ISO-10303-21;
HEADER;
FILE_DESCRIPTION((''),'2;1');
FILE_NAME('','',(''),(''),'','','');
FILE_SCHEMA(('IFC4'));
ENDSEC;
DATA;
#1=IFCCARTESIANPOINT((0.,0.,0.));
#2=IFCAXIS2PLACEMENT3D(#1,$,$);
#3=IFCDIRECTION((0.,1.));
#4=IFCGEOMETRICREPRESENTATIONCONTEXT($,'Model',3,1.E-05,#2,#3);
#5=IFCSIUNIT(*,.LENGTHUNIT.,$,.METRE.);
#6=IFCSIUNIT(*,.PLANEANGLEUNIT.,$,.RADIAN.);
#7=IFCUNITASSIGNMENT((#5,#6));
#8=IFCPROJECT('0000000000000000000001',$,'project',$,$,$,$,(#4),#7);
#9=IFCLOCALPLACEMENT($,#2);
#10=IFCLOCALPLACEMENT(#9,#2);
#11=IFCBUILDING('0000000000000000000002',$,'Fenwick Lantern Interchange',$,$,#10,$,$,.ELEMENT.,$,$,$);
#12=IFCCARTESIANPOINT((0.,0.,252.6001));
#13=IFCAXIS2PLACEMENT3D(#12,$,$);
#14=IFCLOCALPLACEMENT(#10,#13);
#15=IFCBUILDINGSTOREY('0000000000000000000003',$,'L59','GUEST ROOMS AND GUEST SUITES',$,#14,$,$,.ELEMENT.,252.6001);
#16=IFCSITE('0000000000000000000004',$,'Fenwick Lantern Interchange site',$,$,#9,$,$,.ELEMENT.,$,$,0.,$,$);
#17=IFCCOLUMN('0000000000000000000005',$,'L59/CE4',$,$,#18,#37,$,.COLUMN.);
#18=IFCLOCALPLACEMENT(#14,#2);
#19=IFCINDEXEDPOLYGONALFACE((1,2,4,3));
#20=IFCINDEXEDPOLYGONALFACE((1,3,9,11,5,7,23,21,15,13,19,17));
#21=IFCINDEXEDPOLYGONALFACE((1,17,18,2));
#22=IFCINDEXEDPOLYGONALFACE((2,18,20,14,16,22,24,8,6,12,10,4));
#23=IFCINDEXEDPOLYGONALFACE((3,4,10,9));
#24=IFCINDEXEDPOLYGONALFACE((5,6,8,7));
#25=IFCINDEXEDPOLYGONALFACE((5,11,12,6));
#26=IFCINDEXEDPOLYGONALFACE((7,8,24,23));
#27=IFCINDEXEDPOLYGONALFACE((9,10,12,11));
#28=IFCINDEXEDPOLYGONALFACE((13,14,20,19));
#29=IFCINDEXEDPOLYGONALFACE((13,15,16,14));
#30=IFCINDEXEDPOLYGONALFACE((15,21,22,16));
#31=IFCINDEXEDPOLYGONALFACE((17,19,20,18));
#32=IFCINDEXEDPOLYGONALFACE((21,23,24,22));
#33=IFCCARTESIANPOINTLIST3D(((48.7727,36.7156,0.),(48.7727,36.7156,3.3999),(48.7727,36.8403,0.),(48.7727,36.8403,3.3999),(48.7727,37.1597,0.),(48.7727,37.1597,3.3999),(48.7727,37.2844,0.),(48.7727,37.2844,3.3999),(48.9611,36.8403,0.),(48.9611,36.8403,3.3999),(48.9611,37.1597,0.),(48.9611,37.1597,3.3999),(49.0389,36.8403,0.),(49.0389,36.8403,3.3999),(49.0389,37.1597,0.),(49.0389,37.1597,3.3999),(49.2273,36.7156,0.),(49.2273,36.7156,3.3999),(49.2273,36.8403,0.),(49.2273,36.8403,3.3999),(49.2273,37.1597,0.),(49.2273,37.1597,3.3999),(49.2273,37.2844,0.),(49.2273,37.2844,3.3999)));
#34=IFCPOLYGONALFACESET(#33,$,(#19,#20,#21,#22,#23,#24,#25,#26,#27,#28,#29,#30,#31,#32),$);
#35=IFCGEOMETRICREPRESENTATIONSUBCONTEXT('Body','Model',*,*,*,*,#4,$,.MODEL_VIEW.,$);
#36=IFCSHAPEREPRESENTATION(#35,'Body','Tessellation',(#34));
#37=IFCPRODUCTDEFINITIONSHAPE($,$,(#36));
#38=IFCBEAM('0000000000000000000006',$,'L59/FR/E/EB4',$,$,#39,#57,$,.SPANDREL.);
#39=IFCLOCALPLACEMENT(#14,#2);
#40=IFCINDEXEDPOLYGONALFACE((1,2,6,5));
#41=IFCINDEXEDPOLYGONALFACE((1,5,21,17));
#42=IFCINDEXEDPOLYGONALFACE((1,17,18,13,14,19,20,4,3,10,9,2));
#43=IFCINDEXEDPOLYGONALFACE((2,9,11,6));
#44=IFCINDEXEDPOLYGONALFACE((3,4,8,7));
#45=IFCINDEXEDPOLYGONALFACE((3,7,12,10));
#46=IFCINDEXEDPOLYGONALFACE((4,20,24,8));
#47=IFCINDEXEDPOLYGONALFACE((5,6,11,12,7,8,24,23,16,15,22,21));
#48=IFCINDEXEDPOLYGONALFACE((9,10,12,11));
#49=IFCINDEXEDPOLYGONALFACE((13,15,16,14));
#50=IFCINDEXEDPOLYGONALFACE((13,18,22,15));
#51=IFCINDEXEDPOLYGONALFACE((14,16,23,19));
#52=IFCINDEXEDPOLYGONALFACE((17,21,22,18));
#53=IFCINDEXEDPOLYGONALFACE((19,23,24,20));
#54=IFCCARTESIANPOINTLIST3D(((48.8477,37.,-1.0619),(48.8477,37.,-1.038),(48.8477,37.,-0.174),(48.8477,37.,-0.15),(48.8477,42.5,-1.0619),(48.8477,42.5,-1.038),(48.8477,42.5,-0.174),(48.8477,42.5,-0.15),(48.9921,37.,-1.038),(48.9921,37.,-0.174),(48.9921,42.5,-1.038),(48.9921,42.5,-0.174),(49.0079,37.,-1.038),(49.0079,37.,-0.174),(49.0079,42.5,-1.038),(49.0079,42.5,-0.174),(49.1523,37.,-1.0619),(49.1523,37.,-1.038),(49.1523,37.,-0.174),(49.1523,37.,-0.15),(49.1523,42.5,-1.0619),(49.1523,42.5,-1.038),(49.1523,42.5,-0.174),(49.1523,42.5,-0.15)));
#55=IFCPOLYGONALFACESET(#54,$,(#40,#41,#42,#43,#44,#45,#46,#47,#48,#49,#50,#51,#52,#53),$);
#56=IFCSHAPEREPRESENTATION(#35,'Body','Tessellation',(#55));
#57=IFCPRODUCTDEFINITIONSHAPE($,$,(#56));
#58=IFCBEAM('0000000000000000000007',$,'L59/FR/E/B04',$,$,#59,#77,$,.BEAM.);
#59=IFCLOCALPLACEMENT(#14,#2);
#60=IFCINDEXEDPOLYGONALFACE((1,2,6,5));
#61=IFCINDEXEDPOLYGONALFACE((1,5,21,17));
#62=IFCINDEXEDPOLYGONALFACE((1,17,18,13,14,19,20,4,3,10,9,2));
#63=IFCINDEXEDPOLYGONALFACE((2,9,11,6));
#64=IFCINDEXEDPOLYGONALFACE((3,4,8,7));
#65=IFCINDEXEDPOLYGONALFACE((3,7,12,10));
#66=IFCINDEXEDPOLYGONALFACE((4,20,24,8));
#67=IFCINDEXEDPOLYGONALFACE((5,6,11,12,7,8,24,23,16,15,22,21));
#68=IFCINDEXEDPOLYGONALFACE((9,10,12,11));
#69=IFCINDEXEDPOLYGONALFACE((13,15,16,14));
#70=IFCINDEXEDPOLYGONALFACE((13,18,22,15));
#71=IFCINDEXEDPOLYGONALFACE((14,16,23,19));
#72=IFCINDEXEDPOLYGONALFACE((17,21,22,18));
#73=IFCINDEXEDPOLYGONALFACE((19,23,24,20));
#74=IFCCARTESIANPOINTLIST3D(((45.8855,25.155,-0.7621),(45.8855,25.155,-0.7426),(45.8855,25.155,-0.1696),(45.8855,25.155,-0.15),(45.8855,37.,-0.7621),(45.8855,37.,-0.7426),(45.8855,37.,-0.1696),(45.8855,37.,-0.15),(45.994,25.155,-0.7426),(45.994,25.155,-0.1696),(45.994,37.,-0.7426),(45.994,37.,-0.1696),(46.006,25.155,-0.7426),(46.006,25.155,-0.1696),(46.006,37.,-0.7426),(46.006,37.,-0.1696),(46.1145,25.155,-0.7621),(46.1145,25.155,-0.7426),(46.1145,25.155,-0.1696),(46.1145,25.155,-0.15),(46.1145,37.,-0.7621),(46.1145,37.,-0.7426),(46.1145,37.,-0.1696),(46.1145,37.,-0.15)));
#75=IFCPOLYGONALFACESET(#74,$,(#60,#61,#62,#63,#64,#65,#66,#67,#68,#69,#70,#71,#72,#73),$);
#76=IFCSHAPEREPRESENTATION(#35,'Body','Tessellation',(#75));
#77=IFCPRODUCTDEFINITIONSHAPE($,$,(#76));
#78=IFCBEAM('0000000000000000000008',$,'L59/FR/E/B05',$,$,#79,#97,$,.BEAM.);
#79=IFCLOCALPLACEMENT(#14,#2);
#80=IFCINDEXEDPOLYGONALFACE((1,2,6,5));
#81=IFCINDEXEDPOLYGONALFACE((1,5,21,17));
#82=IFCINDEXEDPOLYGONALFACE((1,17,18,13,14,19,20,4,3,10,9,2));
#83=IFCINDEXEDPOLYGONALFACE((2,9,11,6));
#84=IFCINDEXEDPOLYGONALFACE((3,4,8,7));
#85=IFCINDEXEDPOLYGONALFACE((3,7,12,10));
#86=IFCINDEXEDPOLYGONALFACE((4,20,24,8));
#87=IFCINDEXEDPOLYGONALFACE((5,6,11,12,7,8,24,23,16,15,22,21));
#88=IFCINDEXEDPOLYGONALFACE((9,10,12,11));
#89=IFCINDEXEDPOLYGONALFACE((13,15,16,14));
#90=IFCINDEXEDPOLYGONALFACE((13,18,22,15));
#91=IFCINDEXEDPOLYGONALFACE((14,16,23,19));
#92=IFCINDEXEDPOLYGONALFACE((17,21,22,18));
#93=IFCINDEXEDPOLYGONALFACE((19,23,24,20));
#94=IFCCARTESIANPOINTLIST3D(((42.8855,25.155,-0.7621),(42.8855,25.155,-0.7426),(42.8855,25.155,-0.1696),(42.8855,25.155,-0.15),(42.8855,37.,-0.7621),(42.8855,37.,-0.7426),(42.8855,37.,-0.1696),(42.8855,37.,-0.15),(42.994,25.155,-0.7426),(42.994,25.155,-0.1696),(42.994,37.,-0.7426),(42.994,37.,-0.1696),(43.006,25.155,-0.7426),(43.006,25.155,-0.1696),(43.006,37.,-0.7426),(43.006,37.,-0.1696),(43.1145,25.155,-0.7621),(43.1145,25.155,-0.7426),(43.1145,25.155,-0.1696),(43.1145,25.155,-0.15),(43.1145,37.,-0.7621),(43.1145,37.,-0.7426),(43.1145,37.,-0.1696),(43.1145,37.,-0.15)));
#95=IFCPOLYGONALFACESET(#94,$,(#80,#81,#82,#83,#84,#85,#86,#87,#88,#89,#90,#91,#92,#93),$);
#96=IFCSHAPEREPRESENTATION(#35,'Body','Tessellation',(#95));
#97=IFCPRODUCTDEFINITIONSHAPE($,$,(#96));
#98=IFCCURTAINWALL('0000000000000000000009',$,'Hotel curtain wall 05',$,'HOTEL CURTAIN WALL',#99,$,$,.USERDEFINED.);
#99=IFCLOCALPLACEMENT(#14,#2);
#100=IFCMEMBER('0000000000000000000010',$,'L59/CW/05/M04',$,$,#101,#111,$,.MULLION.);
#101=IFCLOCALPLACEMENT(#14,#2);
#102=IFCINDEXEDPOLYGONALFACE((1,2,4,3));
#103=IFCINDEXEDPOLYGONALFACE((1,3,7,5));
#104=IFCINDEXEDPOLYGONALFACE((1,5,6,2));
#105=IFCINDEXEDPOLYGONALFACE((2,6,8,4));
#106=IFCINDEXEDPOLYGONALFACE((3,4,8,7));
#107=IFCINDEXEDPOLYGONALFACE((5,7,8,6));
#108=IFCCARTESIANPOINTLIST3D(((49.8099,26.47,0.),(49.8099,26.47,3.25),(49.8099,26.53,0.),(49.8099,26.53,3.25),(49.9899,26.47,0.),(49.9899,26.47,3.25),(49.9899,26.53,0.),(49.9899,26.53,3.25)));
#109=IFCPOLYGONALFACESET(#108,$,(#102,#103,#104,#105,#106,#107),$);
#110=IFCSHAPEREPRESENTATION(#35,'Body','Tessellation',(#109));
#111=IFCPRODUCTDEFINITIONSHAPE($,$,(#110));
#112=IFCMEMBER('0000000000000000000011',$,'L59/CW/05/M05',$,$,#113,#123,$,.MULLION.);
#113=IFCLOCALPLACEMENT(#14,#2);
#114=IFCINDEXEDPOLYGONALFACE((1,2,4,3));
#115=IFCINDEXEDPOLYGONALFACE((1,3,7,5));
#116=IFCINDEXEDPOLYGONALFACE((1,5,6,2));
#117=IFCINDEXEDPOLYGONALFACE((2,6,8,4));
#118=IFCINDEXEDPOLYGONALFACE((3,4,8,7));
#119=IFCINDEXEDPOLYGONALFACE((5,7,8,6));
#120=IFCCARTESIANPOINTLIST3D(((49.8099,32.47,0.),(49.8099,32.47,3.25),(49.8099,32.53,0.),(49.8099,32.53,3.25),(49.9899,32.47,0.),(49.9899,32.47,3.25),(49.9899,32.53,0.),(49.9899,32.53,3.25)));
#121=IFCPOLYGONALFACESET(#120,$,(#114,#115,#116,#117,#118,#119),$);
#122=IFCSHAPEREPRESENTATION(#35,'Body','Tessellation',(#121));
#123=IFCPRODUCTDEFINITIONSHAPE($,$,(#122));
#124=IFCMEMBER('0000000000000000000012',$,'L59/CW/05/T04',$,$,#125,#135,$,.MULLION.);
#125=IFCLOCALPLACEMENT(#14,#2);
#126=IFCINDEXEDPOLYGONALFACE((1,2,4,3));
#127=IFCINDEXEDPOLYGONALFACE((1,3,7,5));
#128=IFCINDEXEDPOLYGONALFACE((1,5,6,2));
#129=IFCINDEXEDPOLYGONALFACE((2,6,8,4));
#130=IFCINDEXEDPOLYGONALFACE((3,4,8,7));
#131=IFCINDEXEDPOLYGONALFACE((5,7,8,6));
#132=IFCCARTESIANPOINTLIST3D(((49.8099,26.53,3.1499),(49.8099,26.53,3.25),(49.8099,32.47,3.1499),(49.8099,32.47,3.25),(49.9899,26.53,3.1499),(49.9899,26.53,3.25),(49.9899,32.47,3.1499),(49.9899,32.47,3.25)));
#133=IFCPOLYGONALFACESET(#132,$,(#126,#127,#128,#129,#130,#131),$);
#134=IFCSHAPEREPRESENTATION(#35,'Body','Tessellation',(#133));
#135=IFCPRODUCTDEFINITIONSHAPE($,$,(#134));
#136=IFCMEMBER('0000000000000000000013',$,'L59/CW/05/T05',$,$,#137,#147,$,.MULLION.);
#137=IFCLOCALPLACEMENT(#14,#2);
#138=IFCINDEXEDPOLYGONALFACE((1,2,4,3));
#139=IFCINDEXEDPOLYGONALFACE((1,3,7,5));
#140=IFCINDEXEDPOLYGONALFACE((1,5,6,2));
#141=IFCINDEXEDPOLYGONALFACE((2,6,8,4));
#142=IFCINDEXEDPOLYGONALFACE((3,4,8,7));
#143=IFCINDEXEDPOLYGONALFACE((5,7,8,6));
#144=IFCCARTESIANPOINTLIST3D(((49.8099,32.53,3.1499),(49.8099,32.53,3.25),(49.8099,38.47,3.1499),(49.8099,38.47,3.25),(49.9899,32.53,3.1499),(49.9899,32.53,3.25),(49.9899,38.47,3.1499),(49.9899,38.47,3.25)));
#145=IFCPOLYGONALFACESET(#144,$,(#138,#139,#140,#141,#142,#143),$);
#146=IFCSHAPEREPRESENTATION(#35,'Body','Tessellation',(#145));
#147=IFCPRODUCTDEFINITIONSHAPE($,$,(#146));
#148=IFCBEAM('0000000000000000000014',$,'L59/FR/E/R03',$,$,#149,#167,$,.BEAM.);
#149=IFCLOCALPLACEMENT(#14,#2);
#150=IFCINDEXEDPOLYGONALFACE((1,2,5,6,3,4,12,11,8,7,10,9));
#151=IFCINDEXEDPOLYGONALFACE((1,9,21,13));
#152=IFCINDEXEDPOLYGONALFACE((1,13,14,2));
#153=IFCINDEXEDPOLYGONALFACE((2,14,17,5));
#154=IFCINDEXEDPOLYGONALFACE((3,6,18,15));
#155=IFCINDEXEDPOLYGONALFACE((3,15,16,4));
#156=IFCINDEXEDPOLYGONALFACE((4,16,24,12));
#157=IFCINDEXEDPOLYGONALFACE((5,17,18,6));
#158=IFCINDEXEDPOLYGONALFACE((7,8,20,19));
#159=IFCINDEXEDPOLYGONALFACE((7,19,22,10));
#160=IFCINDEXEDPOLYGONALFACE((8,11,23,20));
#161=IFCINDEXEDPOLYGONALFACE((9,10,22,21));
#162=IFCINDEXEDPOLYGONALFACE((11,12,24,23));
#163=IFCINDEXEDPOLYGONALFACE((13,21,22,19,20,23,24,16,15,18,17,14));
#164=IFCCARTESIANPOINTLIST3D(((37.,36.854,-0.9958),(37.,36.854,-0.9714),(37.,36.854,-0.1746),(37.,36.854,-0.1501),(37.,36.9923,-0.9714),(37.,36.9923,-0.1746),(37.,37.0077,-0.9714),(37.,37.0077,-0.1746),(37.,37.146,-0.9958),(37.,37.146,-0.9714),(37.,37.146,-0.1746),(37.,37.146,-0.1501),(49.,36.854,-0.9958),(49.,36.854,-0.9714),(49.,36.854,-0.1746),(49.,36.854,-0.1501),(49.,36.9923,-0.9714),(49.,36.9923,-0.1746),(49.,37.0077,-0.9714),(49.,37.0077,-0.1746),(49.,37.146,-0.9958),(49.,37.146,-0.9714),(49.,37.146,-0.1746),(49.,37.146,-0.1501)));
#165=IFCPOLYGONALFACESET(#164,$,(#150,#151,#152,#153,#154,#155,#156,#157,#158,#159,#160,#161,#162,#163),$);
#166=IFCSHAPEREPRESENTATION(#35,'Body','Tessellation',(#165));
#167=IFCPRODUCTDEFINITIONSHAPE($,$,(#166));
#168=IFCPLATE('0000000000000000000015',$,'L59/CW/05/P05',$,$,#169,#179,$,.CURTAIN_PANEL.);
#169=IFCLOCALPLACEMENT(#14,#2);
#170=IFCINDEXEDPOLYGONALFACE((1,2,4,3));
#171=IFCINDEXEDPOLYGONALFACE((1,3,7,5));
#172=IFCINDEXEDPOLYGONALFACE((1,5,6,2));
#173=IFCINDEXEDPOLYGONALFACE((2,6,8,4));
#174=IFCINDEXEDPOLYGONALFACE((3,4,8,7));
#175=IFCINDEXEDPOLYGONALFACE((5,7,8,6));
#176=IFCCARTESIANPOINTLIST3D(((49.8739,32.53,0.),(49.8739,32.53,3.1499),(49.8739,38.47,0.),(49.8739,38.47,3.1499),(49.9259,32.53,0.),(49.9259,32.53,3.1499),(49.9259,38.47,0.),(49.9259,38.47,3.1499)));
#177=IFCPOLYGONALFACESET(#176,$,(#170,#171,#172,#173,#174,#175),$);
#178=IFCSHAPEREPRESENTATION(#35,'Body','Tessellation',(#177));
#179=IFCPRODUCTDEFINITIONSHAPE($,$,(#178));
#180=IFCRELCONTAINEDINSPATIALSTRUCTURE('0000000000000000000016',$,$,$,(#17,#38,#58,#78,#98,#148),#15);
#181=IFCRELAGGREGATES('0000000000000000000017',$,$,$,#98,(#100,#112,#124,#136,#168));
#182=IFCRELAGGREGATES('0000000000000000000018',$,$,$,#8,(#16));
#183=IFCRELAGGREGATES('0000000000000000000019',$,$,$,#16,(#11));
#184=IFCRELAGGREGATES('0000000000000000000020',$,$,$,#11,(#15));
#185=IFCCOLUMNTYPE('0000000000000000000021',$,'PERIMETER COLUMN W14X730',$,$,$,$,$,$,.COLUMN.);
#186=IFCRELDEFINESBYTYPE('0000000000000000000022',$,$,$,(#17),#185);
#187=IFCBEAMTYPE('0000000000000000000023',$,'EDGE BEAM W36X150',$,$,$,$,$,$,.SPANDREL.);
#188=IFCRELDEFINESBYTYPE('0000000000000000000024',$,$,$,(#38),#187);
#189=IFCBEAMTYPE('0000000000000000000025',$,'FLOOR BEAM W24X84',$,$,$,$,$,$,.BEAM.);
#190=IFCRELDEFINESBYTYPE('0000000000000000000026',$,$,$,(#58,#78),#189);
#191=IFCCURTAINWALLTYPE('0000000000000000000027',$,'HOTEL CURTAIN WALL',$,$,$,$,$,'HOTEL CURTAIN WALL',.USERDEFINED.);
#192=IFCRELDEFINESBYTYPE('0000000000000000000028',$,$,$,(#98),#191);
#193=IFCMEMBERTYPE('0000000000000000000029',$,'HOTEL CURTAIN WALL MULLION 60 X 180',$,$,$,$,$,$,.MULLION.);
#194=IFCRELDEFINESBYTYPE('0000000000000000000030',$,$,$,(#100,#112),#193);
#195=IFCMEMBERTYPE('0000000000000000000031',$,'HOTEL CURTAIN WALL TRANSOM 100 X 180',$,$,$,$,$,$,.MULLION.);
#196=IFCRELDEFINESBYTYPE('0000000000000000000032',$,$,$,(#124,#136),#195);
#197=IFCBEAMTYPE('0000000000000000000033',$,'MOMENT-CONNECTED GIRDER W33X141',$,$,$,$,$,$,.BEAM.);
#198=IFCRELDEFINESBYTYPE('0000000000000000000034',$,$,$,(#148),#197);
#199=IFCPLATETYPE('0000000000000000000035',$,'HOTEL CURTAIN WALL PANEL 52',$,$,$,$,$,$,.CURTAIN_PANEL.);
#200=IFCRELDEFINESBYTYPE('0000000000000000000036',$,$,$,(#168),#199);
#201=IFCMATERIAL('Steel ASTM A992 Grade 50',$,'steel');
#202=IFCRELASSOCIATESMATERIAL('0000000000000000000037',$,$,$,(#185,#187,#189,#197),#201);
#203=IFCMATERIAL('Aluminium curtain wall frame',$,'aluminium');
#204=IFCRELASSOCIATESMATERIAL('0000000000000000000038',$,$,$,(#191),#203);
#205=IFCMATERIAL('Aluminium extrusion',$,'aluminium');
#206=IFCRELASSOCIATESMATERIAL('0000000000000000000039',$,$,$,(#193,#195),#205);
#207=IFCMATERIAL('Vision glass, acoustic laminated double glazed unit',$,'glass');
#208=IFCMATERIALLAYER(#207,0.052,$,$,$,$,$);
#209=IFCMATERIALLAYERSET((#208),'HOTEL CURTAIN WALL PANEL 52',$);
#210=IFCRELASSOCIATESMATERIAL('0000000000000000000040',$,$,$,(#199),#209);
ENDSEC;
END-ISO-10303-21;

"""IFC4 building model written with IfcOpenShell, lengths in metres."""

from ifc_helpers import new_model, si_unit, direction, frame, origin, origin_2d, place, context, subcontext, project, spatial, rectangle, i_section, extrude, material, layer, layer_set, material_profile, profile_set, type_object, element, aggregate, save


model = new_model("IFC4")

# Units and contexts
model_context = context("Model", 3, precision=1e-05, world=origin(), true_north=direction((0.0, 1.0)))
body_context = subcontext(model_context, "Body", "Model", "MODEL_VIEW")
ifc_project = project(units=[si_unit("LENGTHUNIT", "METRE"), si_unit("PLANEANGLEUNIT", "RADIAN")], contexts=[model_context])

# Site, building, storey
site_placement = place(None, origin())
site = spatial("IfcSite", under=ifc_project, at=site_placement, Name="Fenwick Lantern Interchange site", CompositionType="ELEMENT", RefElevation=0.0)
building_placement = place(site_placement, origin())
building = spatial("IfcBuilding", under=site, at=building_placement, Name="Fenwick Lantern Interchange", CompositionType="ELEMENT")
storey_placement = place(building_placement, frame((0.0, 0.0, 252.6001)))
storey = spatial("IfcBuildingStorey", under=building, at=storey_placement, Name="L59", Description="GUEST ROOMS AND GUEST SUITES", CompositionType="ELEMENT", Elevation=252.6001)

# Column
ifc_material_1 = material(Name="Steel ASTM A992 Grade 50", Category="steel")
ifc_material_profile_1 = material_profile(ifc_material_1, i_section(OverallWidth=0.4546, OverallDepth=0.5688, WebThickness=0.0779, FlangeThickness=0.1248, at=origin_2d()), Name="W14X730")
ifc_profile_set_1 = profile_set([ifc_material_profile_1], Name="Steel ASTM A992 Grade 50")
column_type = type_object("IfcColumnType", Name="PERIMETER COLUMN W14X730", PredefinedType="COLUMN", material=ifc_profile_set_1)
column_placement = place(storey_placement, frame((49.0, 37.0, 0.0), z_axis=(0.0, 0.0, 1.0), x_axis=(1.0, 0.0, 0.0)))
element("IfcColumn", 1, at=column_placement, inside=storey, type_object=column_type, Name="L59/CE4", PredefinedType="COLUMN", context=body_context, shape_type="SweptSolid", body=[
    extrude(i_section(OverallWidth=0.4546, OverallDepth=0.5688, WebThickness=0.0779, FlangeThickness=0.1248, at=origin_2d()), origin(), (0.0, 0.0, 1.0), 3.3999),
])

# Beams
ifc_material_profile_2 = material_profile(ifc_material_1, i_section(OverallWidth=0.3047, OverallDepth=0.9119, WebThickness=0.0159, FlangeThickness=0.0239, at=origin_2d()), Name="W36X150")
ifc_profile_set_2 = profile_set([ifc_material_profile_2], Name="Steel ASTM A992 Grade 50")
beam_type_1 = type_object("IfcBeamType", Name="EDGE BEAM W36X150", PredefinedType="SPANDREL", material=ifc_profile_set_2)
beam_1_placement = place(storey_placement, frame((49.0, 37.0, -0.606), z_axis=(0.0, 1.0, 0.0), x_axis=(-1.0, 0.0, 0.0)))
element("IfcBeam", 2, at=beam_1_placement, inside=storey, type_object=beam_type_1, Name="L59/FR/E/EB4", PredefinedType="SPANDREL", context=body_context, shape_type="SweptSolid", body=[
    extrude(i_section(OverallWidth=0.3047, OverallDepth=0.9119, WebThickness=0.0159, FlangeThickness=0.0239, at=origin_2d()), origin(), (0.0, 0.0, 1.0), 5.5),
])
ifc_material_profile_3 = material_profile(ifc_material_1, i_section(OverallWidth=0.229, OverallDepth=0.6121, WebThickness=0.012, FlangeThickness=0.0195, at=origin_2d()), Name="W24X84")
ifc_profile_set_3 = profile_set([ifc_material_profile_3], Name="Steel ASTM A992 Grade 50")
beam_type_2 = type_object("IfcBeamType", Name="FLOOR BEAM W24X84", PredefinedType="BEAM", material=ifc_profile_set_3)
for number, where, z_axis, x_axis, name in (
    (3, (46.0, 25.155, -0.4561), (0.0, 1.0, 0.0), (-1.0, 0.0, 0.0), "L59/FR/E/B04"),
    (4, (43.0, 25.155, -0.4561), (0.0, 1.0, 0.0), (-1.0, 0.0, 0.0), "L59/FR/E/B05"),
):
    element("IfcBeam", number, at=place(storey_placement, frame(where, z_axis=z_axis, x_axis=x_axis)), inside=storey, type_object=beam_type_2, Name=name, PredefinedType="BEAM", context=body_context, shape_type="SweptSolid", body=[
        extrude(i_section(OverallWidth=0.229, OverallDepth=0.6121, WebThickness=0.012, FlangeThickness=0.0195, at=origin_2d()), origin(), (0.0, 0.0, 1.0), 11.845),
    ])

# Curtain wall, members
ifc_material_2 = material(Name="Aluminium curtain wall frame", Category="aluminium")
curtain_wall_type = type_object("IfcCurtainWallType", Name="HOTEL CURTAIN WALL", ElementType="HOTEL CURTAIN WALL", PredefinedType="USERDEFINED", material=ifc_material_2)
curtain_wall_placement = place(storey_placement, origin())
curtain_wall = element("IfcCurtainWall", 5, at=curtain_wall_placement, inside=storey, type_object=curtain_wall_type, Name="Hotel curtain wall 05", ObjectType="HOTEL CURTAIN WALL", PredefinedType="USERDEFINED")
ifc_material_3 = material(Name="Aluminium extrusion", Category="aluminium")
ifc_material_profile_4 = material_profile(ifc_material_3, rectangle(XDim=0.1799, YDim=0.0601, at=origin_2d()), Name="HOTEL CURTAIN WALL MULLION 60 X 180")
ifc_profile_set_4 = profile_set([ifc_material_profile_4], Name="Aluminium extrusion")
member_type_1 = type_object("IfcMemberType", Name="HOTEL CURTAIN WALL MULLION 60 X 180", PredefinedType="MULLION", material=ifc_profile_set_4)
member_1_placement = place(storey_placement, frame((49.8999, 26.5, 0.0), z_axis=(0.0, 0.0, 1.0), x_axis=(-1.0, 0.0, 0.0)))
member_1 = element("IfcMember", 6, at=member_1_placement, type_object=member_type_1, Name="L59/CW/05/M04", PredefinedType="MULLION", context=body_context, shape_type="SweptSolid", body=[
    extrude(rectangle(XDim=0.1799, YDim=0.0601, at=origin_2d()), origin(), (0.0, 0.0, 1.0), 3.25),
])
member_2_placement = place(storey_placement, frame((49.8999, 32.5, 0.0), z_axis=(0.0, 0.0, 1.0), x_axis=(-1.0, 0.0, 0.0)))
member_2 = element("IfcMember", 7, at=member_2_placement, type_object=member_type_1, Name="L59/CW/05/M05", PredefinedType="MULLION", context=body_context, shape_type="SweptSolid", body=[
    extrude(rectangle(XDim=0.1799, YDim=0.0601, at=origin_2d()), origin(), (0.0, 0.0, 1.0), 3.25),
])
ifc_material_profile_5 = material_profile(ifc_material_3, rectangle(XDim=0.1799, YDim=0.1001, at=origin_2d()), Name="HOTEL CURTAIN WALL TRANSOM 100 X 180")
ifc_profile_set_5 = profile_set([ifc_material_profile_5], Name="Aluminium extrusion")
member_type_2 = type_object("IfcMemberType", Name="HOTEL CURTAIN WALL TRANSOM 100 X 180", PredefinedType="MULLION", material=ifc_profile_set_5)
member_3_placement = place(storey_placement, frame((49.8999, 26.53, 3.2), z_axis=(0.0, 1.0, 0.0), x_axis=(-1.0, 0.0, 0.0)))
member_3 = element("IfcMember", 8, at=member_3_placement, type_object=member_type_2, Name="L59/CW/05/T04", PredefinedType="MULLION", context=body_context, shape_type="SweptSolid", body=[
    extrude(rectangle(XDim=0.1799, YDim=0.1001, at=origin_2d()), origin(), (0.0, 0.0, 1.0), 5.9399),
])
member_4_placement = place(storey_placement, frame((49.8999, 32.53, 3.2), z_axis=(0.0, 1.0, 0.0), x_axis=(-1.0, 0.0, 0.0)))
member_4 = element("IfcMember", 9, at=member_4_placement, type_object=member_type_2, Name="L59/CW/05/T05", PredefinedType="MULLION", context=body_context, shape_type="SweptSolid", body=[
    extrude(rectangle(XDim=0.1799, YDim=0.1001, at=origin_2d()), origin(), (0.0, 0.0, 1.0), 5.9399),
])

# Beam
ifc_material_profile_6 = material_profile(ifc_material_1, i_section(OverallWidth=0.292, OverallDepth=0.8457, WebThickness=0.0154, FlangeThickness=0.0244, at=origin_2d()), Name="W33X141")
ifc_profile_set_6 = profile_set([ifc_material_profile_6], Name="Steel ASTM A992 Grade 50")
beam_type_3 = type_object("IfcBeamType", Name="MOMENT-CONNECTED GIRDER W33X141", PredefinedType="BEAM", material=ifc_profile_set_6)
beam_2_placement = place(storey_placement, frame((49.0, 37.0, -0.573), z_axis=(-1.0, 0.0, 0.0), x_axis=(0.0, -1.0, 0.0)))
element("IfcBeam", 10, at=beam_2_placement, inside=storey, type_object=beam_type_3, Name="L59/FR/E/R03", PredefinedType="BEAM", context=body_context, shape_type="SweptSolid", body=[
    extrude(i_section(OverallWidth=0.292, OverallDepth=0.8457, WebThickness=0.0154, FlangeThickness=0.0244, at=origin_2d()), origin(), (0.0, 0.0, 1.0), 12.0),
])

# Plate
ifc_material_4 = material(Name="Vision glass, acoustic laminated double glazed unit", Category="glass")
ifc_layer_1 = layer(ifc_material_4, 0.052)
ifc_layer_set_1 = layer_set([ifc_layer_1], Name="HOTEL CURTAIN WALL PANEL 52")
plate_type = type_object("IfcPlateType", Name="HOTEL CURTAIN WALL PANEL 52", PredefinedType="CURTAIN_PANEL", material=ifc_layer_set_1)
plate_placement = place(storey_placement, frame((49.8999, 35.5, 0.0), z_axis=(0.0, 0.0, 1.0), x_axis=(0.0, 1.0, 0.0)))
plate = element("IfcPlate", 11, at=plate_placement, type_object=plate_type, Name="L59/CW/05/P05", PredefinedType="CURTAIN_PANEL", context=body_context, shape_type="SweptSolid", body=[
    extrude(rectangle(XDim=5.9399, YDim=0.052, at=origin_2d()), origin(), (0.0, 0.0, 1.0), 3.1499),
])
aggregate(curtain_wall, [member_1, member_2, member_3, member_4, plate])

save(model, "model.ifc")
